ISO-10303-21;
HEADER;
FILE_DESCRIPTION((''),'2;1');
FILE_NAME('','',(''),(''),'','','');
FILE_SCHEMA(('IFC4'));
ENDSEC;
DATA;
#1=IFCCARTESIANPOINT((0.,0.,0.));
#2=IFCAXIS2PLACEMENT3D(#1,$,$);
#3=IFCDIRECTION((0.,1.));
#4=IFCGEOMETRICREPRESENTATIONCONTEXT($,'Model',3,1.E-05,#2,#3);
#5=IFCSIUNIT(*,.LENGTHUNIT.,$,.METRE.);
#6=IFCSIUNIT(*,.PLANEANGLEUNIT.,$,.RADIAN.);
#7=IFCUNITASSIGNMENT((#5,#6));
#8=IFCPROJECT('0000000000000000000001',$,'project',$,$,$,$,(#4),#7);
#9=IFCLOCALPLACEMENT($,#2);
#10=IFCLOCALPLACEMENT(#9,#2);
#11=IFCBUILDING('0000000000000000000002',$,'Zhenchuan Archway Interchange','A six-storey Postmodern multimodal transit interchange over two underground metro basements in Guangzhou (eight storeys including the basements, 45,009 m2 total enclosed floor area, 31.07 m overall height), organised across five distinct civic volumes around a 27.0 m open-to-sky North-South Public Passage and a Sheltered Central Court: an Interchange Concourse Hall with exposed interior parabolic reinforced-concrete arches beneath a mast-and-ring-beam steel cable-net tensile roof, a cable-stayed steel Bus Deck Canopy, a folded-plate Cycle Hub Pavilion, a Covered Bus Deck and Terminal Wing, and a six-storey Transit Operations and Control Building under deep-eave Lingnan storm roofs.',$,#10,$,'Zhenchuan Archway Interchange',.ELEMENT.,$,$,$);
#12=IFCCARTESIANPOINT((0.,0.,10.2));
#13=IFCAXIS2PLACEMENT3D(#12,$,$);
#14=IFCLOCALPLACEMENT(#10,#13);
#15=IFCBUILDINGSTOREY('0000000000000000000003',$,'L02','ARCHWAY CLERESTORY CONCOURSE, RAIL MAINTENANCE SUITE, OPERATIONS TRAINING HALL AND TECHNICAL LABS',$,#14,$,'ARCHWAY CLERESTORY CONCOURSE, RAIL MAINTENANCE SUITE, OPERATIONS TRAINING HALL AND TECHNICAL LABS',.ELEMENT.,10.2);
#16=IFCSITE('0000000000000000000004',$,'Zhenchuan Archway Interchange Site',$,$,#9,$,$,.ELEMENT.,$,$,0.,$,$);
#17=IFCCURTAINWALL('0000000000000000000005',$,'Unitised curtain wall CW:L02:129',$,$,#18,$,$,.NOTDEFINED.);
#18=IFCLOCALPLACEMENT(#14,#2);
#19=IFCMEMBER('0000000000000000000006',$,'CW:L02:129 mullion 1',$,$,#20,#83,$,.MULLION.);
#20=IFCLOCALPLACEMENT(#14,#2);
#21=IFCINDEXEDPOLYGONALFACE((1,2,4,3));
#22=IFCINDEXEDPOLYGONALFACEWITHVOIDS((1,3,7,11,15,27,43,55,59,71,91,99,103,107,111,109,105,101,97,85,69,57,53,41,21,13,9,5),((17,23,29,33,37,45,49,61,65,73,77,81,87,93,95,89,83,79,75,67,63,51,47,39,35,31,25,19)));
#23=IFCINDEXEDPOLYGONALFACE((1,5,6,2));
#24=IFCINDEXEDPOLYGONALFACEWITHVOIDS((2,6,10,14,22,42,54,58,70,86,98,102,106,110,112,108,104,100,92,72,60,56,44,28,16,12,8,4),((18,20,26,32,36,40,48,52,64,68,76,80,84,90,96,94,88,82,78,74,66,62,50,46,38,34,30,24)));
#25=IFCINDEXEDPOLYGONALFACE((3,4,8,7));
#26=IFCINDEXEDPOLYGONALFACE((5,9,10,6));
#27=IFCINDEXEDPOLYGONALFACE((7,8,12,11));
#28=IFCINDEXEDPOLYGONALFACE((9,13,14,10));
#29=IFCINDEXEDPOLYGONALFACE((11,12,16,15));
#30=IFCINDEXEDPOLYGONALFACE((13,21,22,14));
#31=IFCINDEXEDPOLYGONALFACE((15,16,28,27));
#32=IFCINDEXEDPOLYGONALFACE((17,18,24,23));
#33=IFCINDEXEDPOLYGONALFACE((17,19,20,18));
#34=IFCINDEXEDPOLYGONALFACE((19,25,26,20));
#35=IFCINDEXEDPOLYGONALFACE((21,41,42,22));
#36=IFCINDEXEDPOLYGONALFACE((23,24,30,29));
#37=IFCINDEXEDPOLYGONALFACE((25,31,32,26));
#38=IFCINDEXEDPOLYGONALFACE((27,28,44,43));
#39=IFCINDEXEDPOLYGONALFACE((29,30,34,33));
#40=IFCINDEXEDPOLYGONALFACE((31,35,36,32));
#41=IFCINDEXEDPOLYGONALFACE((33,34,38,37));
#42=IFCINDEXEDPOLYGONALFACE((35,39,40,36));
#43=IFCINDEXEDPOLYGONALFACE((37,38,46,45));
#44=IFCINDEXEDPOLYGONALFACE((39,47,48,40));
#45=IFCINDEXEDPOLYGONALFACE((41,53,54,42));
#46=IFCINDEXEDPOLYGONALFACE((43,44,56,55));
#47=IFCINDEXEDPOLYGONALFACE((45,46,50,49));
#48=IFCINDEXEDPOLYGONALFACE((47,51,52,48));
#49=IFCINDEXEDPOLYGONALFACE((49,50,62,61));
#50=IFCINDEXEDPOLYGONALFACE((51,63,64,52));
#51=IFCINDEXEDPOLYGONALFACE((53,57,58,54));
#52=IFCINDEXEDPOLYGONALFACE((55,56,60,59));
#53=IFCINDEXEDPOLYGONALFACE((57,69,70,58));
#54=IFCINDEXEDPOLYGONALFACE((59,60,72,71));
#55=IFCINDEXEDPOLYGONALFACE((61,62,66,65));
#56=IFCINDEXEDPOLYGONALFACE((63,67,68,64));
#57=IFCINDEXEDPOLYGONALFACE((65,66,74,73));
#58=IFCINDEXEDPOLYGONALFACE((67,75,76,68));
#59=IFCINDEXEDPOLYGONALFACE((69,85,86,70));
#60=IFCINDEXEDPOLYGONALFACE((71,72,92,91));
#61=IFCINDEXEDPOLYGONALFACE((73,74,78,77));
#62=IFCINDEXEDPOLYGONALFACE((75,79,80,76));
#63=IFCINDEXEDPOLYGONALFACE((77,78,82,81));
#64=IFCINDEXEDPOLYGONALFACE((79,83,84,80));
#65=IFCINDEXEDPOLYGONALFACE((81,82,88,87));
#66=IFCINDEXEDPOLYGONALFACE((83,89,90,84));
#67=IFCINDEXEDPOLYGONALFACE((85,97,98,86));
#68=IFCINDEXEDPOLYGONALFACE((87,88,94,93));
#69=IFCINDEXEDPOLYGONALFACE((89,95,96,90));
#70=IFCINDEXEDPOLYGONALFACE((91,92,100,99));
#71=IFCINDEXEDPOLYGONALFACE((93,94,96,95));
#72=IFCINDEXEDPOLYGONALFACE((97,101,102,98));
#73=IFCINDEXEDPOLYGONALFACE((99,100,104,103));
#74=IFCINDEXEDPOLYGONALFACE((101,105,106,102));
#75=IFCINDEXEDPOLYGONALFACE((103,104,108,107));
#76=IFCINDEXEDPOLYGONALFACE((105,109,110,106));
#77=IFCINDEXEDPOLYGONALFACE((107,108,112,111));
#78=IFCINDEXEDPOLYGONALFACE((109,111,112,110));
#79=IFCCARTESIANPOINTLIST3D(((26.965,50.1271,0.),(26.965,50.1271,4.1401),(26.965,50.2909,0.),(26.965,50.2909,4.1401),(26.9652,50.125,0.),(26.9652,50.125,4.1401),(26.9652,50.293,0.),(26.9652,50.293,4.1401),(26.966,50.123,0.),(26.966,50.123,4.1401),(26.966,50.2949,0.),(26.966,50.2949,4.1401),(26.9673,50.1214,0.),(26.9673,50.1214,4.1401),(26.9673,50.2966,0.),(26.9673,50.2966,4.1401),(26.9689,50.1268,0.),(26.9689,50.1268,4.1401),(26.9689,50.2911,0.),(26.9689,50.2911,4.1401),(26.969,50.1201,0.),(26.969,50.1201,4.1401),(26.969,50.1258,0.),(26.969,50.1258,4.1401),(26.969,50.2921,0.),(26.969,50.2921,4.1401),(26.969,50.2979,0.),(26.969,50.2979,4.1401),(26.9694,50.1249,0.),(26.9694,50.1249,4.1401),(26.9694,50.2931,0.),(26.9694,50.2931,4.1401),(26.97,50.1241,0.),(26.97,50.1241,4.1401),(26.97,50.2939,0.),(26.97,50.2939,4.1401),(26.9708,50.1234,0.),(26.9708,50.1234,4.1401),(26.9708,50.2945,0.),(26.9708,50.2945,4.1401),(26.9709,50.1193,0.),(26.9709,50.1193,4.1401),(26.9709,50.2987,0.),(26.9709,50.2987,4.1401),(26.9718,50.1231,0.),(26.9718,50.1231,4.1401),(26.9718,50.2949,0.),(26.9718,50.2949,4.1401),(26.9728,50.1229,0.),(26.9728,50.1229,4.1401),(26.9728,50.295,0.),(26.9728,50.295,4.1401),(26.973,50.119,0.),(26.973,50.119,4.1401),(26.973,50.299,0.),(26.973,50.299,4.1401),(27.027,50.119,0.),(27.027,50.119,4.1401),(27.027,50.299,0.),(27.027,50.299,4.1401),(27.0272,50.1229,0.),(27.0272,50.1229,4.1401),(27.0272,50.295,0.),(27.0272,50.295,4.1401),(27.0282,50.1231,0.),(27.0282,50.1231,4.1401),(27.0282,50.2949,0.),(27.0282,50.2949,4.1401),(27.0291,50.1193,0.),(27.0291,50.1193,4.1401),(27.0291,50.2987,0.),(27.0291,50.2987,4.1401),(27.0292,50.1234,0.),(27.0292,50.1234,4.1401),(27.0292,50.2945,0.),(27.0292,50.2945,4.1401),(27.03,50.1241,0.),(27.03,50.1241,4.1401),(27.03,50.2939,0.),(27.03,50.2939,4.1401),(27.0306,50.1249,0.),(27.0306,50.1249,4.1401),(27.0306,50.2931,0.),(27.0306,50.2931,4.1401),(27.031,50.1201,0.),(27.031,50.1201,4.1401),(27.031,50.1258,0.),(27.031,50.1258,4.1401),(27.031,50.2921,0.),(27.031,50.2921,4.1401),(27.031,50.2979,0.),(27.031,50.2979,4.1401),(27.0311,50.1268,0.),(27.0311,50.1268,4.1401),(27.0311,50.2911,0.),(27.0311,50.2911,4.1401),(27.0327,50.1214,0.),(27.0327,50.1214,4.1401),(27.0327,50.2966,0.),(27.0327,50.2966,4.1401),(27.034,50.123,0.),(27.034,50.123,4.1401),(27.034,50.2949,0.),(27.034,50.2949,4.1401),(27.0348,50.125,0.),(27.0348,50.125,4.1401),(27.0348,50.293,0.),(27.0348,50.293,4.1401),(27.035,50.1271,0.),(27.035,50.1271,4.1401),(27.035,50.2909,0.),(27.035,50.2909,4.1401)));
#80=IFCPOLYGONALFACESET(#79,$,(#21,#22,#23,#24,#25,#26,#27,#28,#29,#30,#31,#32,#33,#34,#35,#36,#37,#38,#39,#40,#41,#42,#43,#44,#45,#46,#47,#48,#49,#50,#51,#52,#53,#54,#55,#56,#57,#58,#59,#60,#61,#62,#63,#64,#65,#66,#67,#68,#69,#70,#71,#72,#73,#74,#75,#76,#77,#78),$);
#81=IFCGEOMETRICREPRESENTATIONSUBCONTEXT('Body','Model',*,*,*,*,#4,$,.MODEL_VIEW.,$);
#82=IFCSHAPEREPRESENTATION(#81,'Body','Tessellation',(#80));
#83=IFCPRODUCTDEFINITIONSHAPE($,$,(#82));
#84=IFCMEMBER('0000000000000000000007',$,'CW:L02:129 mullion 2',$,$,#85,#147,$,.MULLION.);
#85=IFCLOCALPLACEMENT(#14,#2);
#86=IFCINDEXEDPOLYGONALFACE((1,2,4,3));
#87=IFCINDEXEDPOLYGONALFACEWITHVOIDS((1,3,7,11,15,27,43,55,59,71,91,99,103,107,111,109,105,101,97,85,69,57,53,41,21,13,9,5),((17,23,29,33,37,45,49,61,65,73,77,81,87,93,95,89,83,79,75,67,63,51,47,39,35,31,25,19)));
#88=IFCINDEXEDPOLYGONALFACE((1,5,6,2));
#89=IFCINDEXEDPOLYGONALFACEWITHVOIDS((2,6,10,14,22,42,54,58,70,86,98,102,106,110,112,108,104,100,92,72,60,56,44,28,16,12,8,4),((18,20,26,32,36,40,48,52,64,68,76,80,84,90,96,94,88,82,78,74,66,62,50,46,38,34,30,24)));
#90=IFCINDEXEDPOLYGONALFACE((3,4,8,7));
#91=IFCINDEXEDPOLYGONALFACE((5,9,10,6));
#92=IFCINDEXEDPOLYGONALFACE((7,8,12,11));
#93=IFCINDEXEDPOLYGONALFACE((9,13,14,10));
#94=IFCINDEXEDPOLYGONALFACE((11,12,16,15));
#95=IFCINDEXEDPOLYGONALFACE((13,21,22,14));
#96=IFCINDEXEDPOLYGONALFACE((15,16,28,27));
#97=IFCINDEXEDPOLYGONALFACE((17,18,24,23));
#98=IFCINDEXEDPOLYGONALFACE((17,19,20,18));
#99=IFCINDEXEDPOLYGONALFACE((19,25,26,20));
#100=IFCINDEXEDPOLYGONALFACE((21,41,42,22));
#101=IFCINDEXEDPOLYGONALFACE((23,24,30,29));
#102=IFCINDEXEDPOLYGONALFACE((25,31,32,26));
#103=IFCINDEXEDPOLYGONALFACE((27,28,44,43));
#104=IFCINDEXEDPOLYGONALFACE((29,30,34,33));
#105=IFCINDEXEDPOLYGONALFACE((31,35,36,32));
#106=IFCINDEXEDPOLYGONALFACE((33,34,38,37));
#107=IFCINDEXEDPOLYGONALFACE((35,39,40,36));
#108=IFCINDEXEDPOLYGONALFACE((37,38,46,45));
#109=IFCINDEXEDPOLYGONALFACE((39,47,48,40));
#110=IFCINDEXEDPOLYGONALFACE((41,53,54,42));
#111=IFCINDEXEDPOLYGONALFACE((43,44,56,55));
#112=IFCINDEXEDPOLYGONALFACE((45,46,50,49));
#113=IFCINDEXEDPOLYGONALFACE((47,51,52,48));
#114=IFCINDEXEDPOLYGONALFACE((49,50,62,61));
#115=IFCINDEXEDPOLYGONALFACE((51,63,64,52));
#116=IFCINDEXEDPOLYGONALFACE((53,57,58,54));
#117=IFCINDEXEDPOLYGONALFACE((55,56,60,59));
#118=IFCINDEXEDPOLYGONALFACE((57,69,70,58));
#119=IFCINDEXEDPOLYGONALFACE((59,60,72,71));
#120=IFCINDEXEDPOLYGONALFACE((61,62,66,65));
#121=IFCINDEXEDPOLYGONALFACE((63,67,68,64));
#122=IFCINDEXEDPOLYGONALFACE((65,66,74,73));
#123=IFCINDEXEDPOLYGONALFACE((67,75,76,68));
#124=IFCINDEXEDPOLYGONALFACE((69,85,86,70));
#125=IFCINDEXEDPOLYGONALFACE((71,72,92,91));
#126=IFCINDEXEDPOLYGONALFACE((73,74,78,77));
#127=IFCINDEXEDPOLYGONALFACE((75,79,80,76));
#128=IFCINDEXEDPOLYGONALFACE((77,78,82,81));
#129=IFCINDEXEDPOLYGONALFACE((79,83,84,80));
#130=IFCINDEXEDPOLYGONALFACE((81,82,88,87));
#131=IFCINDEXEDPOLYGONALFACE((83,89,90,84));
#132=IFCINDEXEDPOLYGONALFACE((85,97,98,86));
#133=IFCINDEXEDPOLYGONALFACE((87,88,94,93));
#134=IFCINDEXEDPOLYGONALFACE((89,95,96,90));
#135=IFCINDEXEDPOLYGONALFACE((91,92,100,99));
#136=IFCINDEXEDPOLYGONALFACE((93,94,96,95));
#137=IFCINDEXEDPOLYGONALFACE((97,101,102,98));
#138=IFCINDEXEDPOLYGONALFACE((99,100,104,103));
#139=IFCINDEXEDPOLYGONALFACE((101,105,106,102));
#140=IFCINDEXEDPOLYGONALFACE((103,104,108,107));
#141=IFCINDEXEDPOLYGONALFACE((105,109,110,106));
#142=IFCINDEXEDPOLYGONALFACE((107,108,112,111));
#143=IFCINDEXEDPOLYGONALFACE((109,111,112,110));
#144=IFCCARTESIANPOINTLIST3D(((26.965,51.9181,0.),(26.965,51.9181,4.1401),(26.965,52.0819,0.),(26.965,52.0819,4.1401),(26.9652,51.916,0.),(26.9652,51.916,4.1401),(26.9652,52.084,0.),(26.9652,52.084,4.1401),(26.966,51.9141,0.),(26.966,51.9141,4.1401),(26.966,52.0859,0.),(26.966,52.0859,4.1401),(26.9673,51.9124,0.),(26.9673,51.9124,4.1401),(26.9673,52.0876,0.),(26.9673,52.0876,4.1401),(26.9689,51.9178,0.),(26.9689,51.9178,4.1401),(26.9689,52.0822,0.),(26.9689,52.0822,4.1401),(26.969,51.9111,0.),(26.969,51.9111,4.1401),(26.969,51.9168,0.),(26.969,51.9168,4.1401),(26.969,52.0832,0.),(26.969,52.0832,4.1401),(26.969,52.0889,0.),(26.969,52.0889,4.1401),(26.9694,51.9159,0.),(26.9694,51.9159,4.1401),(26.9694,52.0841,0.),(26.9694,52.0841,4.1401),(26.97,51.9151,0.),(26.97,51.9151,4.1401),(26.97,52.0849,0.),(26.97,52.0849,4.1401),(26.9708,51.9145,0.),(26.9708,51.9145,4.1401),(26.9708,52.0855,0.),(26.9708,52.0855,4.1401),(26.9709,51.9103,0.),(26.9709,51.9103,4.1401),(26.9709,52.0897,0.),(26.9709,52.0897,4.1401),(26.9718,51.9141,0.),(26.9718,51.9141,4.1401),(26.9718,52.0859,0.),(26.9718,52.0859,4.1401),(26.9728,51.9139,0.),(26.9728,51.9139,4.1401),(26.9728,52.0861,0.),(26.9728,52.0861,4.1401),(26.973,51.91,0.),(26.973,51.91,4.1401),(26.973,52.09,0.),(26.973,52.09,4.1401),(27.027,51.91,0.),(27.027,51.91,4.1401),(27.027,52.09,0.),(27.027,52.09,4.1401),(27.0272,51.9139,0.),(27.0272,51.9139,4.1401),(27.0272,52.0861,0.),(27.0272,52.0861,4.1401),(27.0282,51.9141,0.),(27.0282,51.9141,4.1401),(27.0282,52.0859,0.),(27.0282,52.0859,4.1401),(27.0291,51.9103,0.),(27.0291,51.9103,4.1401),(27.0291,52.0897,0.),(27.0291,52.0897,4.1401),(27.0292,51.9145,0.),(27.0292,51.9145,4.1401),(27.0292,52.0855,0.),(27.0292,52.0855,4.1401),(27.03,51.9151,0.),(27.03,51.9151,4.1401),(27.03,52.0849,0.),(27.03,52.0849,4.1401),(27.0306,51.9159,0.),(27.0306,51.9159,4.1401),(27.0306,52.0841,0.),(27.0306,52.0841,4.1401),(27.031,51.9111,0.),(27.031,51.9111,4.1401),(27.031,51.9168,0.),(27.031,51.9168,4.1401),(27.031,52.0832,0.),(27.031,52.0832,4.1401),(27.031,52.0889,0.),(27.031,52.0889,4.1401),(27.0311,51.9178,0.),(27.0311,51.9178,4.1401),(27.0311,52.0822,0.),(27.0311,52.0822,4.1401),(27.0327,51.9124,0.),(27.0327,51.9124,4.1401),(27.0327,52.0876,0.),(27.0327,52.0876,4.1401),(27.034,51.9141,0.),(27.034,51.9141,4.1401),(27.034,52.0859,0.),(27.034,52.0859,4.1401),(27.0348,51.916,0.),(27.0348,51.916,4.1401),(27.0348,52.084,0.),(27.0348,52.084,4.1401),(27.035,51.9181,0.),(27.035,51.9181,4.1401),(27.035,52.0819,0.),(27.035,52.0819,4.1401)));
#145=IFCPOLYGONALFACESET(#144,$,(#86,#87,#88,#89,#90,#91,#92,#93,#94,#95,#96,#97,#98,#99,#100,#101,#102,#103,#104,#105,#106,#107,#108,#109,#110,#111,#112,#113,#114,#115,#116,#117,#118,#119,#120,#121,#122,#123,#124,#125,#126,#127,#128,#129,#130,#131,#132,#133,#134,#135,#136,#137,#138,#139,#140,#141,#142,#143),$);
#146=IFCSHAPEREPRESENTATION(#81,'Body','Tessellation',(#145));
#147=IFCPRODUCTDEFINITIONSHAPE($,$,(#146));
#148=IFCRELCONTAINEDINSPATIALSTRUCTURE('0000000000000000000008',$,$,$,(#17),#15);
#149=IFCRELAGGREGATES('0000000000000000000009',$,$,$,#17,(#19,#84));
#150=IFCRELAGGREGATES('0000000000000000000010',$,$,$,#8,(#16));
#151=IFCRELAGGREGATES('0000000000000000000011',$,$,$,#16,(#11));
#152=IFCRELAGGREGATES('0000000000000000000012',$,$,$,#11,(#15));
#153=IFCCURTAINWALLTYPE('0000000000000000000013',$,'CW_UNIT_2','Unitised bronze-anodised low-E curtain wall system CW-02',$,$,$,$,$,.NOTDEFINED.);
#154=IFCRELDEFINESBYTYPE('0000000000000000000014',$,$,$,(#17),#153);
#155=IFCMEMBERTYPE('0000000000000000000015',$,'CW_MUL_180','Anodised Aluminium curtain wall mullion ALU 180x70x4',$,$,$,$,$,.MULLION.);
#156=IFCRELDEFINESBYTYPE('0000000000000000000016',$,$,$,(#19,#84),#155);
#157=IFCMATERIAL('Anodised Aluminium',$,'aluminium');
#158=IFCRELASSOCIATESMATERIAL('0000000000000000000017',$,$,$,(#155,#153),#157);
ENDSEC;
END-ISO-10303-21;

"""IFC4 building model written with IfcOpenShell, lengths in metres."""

from ifc_helpers import new_model, si_unit, direction, frame, origin, origin_2d, place, context, subcontext, project, spatial, hollow_rectangle, extrude, material, material_profile, profile_set, type_object, element, aggregate, save


model = new_model("IFC4")

# Units and contexts
model_context = context("Model", 3, precision=1e-05, world=origin(), true_north=direction((0.0, 1.0)))
body_context = subcontext(model_context, "Body", "Model", "MODEL_VIEW")
ifc_project = project(units=[si_unit("LENGTHUNIT", "METRE"), si_unit("PLANEANGLEUNIT", "RADIAN")], contexts=[model_context])

# Site, building, storey
site_placement = place(None, origin())
site = spatial("IfcSite", under=ifc_project, at=site_placement, Name="Zhenchuan Archway Interchange Site", CompositionType="ELEMENT", RefElevation=0.0)
building_placement = place(site_placement, origin())
building = spatial("IfcBuilding", under=site, at=building_placement, Name="Zhenchuan Archway Interchange", Description="A six-storey Postmodern multimodal transit interchange over two underground metro basements in Guangzhou (eight storeys including the basements, 45,009 m2 total enclosed floor area, 31.07 m overall height), organised across five distinct civic volumes around a 27.0 m open-to-sky North-South Public Passage and a Sheltered Central Court: an Interchange Concourse Hall with exposed interior parabolic reinforced-concrete arches beneath a mast-and-ring-beam steel cable-net tensile roof, a cable-stayed steel Bus Deck Canopy, a folded-plate Cycle Hub Pavilion, a Covered Bus Deck and Terminal Wing, and a six-storey Transit Operations and Control Building under deep-eave Lingnan storm roofs.", LongName="Zhenchuan Archway Interchange", CompositionType="ELEMENT")
storey_placement = place(building_placement, frame((0.0, 0.0, 10.2)))
storey = spatial("IfcBuildingStorey", under=building, at=storey_placement, Name="L02", Description="ARCHWAY CLERESTORY CONCOURSE, RAIL MAINTENANCE SUITE, OPERATIONS TRAINING HALL AND TECHNICAL LABS", LongName="ARCHWAY CLERESTORY CONCOURSE, RAIL MAINTENANCE SUITE, OPERATIONS TRAINING HALL AND TECHNICAL LABS", CompositionType="ELEMENT", Elevation=10.2)

# Shared definitions
ifc_material_1 = material(Name="Anodised Aluminium", Category="aluminium")
ifc_material_profile_1 = material_profile(ifc_material_1, hollow_rectangle(XDim=0.0701, YDim=0.1799, WallThickness=0.0039, InnerFilletRadius=0.0039, OuterFilletRadius=0.0081, at=origin_2d()), Name="ALU 180x70x4")
ifc_profile_set_1 = profile_set([ifc_material_profile_1], Name="Anodised Aluminium")
member_type_1 = type_object("IfcMemberType", Name="CW_MUL_180", Description="Anodised Aluminium curtain wall mullion ALU 180x70x4", PredefinedType="MULLION", material=ifc_profile_set_1)

# Curtain wall, members
curtain_wall_type_1 = type_object("IfcCurtainWallType", Name="CW_UNIT_2", Description="Unitised bronze-anodised low-E curtain wall system CW-02", PredefinedType="NOTDEFINED", material=ifc_material_1)
curtain_wall_1_placement = place(storey_placement, origin())
curtain_wall_1 = element("IfcCurtainWall", 1, at=curtain_wall_1_placement, inside=storey, type_object=curtain_wall_type_1, Name="Unitised curtain wall CW:L02:129", PredefinedType="NOTDEFINED")
member_1_placement = place(storey_placement, frame((27.0, 50.209, 0.0), z_axis=(0.0, 0.0, 1.0), x_axis=(1.0, 0.0, 0.0)))
member_1 = element("IfcMember", 2, at=member_1_placement, type_object=member_type_1, Name="CW:L02:129 mullion 1", PredefinedType="MULLION", context=body_context, shape_type="SweptSolid", body=[
    extrude(hollow_rectangle(XDim=0.0701, YDim=0.1799, WallThickness=0.0039, InnerFilletRadius=0.0039, OuterFilletRadius=0.0081, at=origin_2d()), origin(), (0.0, 0.0, 1.0), 4.1401),
])
member_2_placement = place(storey_placement, frame((27.0, 52.0, 0.0), z_axis=(0.0, 0.0, 1.0), x_axis=(1.0, 0.0, 0.0)))
member_2 = element("IfcMember", 3, at=member_2_placement, type_object=member_type_1, Name="CW:L02:129 mullion 2", PredefinedType="MULLION", context=body_context, shape_type="SweptSolid", body=[
    extrude(hollow_rectangle(XDim=0.0701, YDim=0.1799, WallThickness=0.0039, InnerFilletRadius=0.0039, OuterFilletRadius=0.0081, at=origin_2d()), origin(), (0.0, 0.0, 1.0), 4.1401),
])

aggregate(curtain_wall_1, [member_1, member_2])

save(model, "model.ifc")
